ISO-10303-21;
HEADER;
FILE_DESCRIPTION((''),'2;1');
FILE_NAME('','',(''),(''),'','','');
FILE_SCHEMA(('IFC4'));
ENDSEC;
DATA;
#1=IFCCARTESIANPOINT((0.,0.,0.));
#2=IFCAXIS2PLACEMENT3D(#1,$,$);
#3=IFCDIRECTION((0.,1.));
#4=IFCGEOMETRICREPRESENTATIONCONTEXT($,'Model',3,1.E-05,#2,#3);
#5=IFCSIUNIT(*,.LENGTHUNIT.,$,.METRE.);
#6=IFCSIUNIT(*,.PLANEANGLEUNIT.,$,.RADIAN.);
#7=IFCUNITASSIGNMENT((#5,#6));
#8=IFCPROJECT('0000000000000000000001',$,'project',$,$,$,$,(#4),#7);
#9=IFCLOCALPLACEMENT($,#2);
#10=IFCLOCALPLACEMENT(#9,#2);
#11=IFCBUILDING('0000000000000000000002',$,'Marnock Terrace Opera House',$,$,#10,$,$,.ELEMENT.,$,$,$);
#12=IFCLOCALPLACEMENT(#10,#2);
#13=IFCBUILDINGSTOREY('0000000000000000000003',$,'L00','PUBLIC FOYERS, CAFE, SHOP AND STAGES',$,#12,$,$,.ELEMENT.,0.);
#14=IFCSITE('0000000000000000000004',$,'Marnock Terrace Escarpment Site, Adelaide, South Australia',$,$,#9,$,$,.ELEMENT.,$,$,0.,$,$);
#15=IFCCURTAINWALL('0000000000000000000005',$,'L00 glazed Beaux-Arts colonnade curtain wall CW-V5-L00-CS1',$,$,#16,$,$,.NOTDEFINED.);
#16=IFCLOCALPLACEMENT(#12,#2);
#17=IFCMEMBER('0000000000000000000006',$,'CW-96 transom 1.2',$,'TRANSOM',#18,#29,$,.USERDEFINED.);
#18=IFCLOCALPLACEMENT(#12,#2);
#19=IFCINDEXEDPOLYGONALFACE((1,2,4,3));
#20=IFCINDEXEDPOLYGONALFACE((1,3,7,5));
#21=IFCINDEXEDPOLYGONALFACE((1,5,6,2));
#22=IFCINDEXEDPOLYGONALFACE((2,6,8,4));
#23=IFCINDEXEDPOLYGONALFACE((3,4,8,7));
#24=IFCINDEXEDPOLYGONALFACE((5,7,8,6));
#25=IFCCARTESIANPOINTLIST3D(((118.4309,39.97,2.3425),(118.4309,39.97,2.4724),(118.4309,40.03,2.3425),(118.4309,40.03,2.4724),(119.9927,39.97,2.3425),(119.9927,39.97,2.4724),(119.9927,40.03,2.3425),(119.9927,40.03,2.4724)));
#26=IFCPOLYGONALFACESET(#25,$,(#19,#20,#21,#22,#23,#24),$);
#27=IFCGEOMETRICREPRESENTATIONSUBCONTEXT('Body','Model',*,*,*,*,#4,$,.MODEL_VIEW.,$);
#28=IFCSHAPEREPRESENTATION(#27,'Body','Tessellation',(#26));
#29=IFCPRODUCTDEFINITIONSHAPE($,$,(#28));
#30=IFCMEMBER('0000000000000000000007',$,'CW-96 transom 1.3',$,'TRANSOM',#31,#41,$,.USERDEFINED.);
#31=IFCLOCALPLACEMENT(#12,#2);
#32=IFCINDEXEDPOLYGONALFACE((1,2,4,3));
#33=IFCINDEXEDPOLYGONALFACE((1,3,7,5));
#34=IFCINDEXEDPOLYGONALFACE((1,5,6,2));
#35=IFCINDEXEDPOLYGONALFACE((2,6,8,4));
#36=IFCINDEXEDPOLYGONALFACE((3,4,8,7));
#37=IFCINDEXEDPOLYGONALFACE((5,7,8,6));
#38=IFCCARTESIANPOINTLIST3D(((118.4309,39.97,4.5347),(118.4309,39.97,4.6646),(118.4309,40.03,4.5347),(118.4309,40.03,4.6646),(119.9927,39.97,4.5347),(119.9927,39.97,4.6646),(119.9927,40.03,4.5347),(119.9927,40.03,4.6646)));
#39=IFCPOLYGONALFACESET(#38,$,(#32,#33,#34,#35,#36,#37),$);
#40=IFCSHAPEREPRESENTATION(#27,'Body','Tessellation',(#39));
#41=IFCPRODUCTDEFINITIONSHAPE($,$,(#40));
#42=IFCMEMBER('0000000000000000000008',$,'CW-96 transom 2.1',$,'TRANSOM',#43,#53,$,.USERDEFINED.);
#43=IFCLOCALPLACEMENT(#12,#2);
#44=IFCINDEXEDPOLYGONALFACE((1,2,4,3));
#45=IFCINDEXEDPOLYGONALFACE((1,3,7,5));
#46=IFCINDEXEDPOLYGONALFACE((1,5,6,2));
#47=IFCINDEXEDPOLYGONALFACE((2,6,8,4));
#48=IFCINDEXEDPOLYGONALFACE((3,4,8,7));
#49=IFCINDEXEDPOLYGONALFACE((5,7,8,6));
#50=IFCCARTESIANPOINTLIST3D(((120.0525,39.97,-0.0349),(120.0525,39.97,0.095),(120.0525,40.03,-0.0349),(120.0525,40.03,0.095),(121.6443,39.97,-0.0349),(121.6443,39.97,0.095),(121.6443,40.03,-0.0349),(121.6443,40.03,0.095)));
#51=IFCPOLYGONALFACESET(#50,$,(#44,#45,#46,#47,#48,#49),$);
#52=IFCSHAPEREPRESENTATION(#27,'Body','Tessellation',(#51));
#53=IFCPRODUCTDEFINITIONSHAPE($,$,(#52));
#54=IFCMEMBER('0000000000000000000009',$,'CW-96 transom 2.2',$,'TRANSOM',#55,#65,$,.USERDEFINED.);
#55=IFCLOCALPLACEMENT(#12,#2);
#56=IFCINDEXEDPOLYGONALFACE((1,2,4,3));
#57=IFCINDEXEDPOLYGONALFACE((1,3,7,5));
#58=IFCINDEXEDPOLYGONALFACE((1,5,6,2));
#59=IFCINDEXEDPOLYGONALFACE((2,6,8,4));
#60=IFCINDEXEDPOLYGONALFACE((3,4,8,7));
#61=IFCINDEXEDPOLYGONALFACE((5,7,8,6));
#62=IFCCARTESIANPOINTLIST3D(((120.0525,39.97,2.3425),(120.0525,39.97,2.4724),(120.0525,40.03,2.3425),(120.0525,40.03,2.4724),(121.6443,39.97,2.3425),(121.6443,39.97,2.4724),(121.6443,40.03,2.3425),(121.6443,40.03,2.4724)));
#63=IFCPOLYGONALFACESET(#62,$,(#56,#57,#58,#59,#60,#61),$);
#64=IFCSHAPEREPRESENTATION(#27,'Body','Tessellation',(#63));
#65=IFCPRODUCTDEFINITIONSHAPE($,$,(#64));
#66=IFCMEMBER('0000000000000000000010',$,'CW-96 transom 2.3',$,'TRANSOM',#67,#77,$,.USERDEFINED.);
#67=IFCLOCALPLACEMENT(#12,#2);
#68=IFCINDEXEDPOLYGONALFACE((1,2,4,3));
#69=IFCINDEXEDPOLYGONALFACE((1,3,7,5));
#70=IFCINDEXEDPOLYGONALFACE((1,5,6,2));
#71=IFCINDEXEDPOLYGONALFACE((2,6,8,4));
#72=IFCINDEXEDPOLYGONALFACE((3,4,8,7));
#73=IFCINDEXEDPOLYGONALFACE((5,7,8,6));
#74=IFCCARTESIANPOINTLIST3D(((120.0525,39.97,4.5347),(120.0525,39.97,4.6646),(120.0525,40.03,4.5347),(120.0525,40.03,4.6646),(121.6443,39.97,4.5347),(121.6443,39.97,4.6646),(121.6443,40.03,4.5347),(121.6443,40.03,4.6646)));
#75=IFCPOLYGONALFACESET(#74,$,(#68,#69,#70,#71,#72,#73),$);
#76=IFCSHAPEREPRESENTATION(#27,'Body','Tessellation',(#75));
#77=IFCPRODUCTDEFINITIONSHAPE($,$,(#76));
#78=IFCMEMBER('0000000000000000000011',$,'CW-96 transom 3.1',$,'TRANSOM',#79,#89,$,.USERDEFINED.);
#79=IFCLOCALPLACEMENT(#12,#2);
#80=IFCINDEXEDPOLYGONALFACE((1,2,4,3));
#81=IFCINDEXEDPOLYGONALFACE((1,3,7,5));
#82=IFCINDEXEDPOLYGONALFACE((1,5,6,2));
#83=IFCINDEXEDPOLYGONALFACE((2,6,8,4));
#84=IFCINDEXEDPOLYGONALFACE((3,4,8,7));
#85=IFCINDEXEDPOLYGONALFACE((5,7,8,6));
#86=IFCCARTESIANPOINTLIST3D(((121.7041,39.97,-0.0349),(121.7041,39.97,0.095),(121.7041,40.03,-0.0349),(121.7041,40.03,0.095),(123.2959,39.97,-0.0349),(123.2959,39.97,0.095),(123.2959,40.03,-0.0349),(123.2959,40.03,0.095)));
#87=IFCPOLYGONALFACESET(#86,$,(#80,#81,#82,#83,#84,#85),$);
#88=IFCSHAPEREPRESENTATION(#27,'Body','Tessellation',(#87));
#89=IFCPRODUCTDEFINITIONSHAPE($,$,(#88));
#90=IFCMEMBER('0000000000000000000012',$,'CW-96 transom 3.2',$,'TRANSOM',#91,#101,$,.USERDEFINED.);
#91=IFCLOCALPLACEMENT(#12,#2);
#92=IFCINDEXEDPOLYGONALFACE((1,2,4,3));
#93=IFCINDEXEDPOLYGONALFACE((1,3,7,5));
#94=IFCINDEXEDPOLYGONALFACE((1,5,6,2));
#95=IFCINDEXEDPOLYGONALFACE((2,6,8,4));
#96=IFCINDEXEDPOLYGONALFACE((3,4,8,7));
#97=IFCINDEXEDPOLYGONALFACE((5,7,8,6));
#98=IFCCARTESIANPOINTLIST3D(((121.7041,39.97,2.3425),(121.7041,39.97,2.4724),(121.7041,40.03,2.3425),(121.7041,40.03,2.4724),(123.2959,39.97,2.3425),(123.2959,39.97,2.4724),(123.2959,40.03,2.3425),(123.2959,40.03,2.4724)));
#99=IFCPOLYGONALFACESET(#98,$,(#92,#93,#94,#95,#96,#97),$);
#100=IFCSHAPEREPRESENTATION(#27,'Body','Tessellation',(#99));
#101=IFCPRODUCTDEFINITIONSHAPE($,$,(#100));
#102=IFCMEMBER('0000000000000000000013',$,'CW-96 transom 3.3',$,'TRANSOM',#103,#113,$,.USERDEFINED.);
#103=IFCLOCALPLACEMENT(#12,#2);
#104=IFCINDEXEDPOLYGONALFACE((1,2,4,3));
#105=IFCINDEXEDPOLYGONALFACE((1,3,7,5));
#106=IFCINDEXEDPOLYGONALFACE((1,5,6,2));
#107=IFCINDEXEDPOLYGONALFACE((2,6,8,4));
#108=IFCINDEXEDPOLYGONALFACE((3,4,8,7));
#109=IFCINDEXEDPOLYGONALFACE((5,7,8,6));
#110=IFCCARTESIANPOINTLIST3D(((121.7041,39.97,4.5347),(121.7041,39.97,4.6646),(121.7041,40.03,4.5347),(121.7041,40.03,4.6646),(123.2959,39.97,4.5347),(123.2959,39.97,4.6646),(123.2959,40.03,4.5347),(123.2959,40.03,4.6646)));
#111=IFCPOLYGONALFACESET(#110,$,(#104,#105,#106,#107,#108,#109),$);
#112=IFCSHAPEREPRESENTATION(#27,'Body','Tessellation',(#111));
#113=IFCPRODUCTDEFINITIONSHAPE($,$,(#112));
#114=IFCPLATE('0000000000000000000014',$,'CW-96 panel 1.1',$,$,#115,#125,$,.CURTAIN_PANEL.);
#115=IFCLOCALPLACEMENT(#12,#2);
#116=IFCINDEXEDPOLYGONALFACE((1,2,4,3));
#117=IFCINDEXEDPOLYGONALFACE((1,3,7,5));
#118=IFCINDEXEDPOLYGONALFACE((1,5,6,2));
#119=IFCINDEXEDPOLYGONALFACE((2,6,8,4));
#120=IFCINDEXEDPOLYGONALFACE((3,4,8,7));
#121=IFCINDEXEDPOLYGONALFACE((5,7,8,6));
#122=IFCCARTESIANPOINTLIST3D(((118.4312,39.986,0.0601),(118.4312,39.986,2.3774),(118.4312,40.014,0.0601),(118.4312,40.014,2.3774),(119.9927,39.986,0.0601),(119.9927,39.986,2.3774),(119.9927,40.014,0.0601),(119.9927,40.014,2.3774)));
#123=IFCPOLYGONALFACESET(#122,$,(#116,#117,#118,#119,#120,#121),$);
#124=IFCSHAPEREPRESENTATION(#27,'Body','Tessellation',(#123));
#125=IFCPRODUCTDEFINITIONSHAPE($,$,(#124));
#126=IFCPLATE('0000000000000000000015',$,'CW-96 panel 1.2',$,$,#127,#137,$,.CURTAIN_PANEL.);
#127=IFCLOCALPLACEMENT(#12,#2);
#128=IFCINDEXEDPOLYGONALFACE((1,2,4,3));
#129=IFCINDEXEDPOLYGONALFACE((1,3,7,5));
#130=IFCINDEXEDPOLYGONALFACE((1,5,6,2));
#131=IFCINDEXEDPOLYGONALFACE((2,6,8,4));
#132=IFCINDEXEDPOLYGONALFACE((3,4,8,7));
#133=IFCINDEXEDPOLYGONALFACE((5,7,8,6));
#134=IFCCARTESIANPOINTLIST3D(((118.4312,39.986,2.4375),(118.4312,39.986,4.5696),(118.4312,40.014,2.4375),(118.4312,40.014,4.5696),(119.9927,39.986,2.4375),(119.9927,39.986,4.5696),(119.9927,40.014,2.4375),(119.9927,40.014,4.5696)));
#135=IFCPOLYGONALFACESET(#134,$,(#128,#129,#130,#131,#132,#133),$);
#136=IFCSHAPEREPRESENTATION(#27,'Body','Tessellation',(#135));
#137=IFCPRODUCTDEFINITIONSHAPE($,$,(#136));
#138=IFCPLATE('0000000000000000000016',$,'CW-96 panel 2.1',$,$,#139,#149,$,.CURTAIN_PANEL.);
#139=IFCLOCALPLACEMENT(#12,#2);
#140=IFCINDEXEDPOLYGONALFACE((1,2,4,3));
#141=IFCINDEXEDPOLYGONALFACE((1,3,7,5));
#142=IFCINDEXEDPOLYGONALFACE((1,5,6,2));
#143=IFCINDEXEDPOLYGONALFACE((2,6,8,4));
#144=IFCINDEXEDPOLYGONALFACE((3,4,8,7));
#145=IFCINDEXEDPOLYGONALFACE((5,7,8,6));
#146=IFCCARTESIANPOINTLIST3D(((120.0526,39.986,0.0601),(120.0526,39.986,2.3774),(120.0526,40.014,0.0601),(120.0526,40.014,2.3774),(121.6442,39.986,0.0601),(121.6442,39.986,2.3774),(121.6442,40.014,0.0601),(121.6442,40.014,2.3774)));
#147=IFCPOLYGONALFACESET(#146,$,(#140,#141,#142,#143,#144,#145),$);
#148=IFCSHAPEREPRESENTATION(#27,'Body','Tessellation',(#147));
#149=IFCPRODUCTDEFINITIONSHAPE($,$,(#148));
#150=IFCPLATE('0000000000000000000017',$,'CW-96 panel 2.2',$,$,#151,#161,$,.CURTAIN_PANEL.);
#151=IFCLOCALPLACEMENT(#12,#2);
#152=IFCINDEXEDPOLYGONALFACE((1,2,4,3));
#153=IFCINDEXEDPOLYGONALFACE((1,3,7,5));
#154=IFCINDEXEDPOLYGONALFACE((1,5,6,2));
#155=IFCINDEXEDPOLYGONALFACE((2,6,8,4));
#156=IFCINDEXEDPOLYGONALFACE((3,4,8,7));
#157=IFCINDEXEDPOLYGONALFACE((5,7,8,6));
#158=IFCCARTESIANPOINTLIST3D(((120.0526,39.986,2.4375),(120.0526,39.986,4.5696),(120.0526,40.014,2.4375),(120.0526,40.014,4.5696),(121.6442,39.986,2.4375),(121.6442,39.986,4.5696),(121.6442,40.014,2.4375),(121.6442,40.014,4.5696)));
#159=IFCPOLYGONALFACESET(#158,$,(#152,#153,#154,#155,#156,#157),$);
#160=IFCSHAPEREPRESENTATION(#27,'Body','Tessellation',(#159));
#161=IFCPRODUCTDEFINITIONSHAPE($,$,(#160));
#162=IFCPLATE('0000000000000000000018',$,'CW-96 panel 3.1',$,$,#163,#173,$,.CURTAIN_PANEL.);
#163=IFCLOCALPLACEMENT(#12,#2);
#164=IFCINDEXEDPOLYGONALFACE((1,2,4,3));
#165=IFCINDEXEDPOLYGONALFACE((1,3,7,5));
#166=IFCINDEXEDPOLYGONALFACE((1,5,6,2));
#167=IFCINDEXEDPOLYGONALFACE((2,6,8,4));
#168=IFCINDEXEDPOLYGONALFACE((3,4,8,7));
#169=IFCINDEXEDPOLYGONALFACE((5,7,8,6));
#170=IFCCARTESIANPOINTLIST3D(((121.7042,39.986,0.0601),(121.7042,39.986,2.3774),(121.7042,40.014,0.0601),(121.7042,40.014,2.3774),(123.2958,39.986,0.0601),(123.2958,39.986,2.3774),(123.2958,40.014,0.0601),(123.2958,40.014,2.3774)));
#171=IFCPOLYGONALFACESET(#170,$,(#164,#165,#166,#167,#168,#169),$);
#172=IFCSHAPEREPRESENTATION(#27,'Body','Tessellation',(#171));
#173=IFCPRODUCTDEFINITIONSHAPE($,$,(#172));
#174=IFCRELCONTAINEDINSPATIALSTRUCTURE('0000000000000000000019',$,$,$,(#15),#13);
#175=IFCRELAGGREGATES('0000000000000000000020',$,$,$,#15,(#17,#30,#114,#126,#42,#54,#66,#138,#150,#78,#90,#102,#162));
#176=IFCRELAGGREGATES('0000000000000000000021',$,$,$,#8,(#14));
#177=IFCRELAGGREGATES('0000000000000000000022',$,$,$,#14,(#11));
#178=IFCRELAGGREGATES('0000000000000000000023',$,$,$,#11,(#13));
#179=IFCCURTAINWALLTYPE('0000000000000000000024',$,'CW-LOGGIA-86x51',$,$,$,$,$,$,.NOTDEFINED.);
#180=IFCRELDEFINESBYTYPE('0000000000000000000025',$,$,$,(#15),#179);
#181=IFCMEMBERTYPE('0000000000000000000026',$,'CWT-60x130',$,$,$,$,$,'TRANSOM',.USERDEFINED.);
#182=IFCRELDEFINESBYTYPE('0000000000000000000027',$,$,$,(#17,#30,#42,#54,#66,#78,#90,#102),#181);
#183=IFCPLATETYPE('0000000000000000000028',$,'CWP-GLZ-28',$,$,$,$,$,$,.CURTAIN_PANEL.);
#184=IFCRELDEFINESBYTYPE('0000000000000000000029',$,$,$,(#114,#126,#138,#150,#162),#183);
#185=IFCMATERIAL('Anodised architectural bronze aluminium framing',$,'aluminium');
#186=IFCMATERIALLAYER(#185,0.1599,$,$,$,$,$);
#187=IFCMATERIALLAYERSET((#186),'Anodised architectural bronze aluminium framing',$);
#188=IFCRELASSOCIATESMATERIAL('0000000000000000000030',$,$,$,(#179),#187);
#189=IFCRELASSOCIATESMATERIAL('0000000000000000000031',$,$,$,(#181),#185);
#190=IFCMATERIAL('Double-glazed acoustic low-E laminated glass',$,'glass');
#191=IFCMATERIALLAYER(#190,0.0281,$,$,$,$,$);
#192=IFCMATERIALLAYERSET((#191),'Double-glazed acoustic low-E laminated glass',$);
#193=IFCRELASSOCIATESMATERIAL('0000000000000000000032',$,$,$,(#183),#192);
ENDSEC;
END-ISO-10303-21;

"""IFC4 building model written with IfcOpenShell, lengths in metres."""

from ifc_helpers import new_model, si_unit, direction, frame, origin, origin_2d, place, context, subcontext, project, spatial, rectangle, extrude, material, layer, layer_set, material_profile, profile_set, type_object, element, aggregate, save


model = new_model("IFC4")

# Units and contexts
model_context = context("Model", 3, precision=1e-05, world=origin(), true_north=direction((0.0, 1.0)))
body_context = subcontext(model_context, "Body", "Model", "MODEL_VIEW")
ifc_project = project(units=[si_unit("LENGTHUNIT", "METRE"), si_unit("PLANEANGLEUNIT", "RADIAN")], contexts=[model_context])

# Site, building, storey
site_placement = place(None, origin())
site = spatial("IfcSite", under=ifc_project, at=site_placement, Name="Marnock Terrace Escarpment Site, Adelaide, South Australia", CompositionType="ELEMENT", RefElevation=0.0)
building_placement = place(site_placement, origin())
building = spatial("IfcBuilding", under=site, at=building_placement, Name="Marnock Terrace Opera House", CompositionType="ELEMENT")
storey_placement = place(building_placement, origin())
storey = spatial("IfcBuildingStorey", under=building, at=storey_placement, Name="L00", Description="PUBLIC FOYERS, CAFE, SHOP AND STAGES", CompositionType="ELEMENT", Elevation=0.0)

# Shared definitions
ifc_material_1 = material(Name="Anodised architectural bronze aluminium framing", Category="aluminium")
ifc_layer_1 = layer(ifc_material_1, 0.1599)
ifc_layer_set_1 = layer_set([ifc_layer_1], Name="Anodised architectural bronze aluminium framing")
curtain_wall_type = type_object("IfcCurtainWallType", Name="CW-LOGGIA-86x51", PredefinedType="NOTDEFINED", material=ifc_layer_set_1)

# Curtain wall, members, plates
curtain_wall_1_placement = place(storey_placement, origin())
curtain_wall_1 = element("IfcCurtainWall", 1, at=curtain_wall_1_placement, inside=storey, type_object=curtain_wall_type, Name="L00 glazed Beaux-Arts colonnade curtain wall CW-V5-L00-CS1", PredefinedType="NOTDEFINED")
ifc_material_profile_1 = material_profile(ifc_material_1, rectangle(XDim=0.0601, YDim=0.1299, at=origin_2d()))
ifc_profile_set_1 = profile_set([ifc_material_profile_1], Name="Anodised architectural bronze aluminium framing")
member_type_1 = type_object("IfcMemberType", Name="CWT-60x130", ElementType="TRANSOM", PredefinedType="USERDEFINED", material=ifc_profile_set_1)
member_1_placement = place(storey_placement, frame((118.4309, 40.0, 2.4075), z_axis=(1.0, 0.0, 0.0), x_axis=(0.0, 1.0, 0.0)))
member_1 = element("IfcMember", 2, at=member_1_placement, type_object=member_type_1, Name="CW-96 transom 1.2", ObjectType="TRANSOM", PredefinedType="USERDEFINED", context=body_context, shape_type="SweptSolid", body=[
    extrude(rectangle(XDim=0.0601, YDim=0.1299, at=origin_2d()), origin(), (0.0, 0.0, 1.0), 1.5618),
])
member_2_placement = place(storey_placement, frame((118.4309, 40.0, 4.5996), z_axis=(1.0, 0.0, 0.0), x_axis=(0.0, 1.0, 0.0)))
member_2 = element("IfcMember", 3, at=member_2_placement, type_object=member_type_1, Name="CW-96 transom 1.3", ObjectType="TRANSOM", PredefinedType="USERDEFINED", context=body_context, shape_type="SweptSolid", body=[
    extrude(rectangle(XDim=0.0601, YDim=0.1299, at=origin_2d()), origin(), (0.0, 0.0, 1.0), 1.5618),
])
member_3_placement = place(storey_placement, frame((120.0525, 40.0, 0.03), z_axis=(1.0, 0.0, 0.0), x_axis=(0.0, 1.0, 0.0)))
member_3 = element("IfcMember", 4, at=member_3_placement, type_object=member_type_1, Name="CW-96 transom 2.1", ObjectType="TRANSOM", PredefinedType="USERDEFINED", context=body_context, shape_type="SweptSolid", body=[
    extrude(rectangle(XDim=0.0601, YDim=0.1299, at=origin_2d()), origin(), (0.0, 0.0, 1.0), 1.5918),
])
member_4_placement = place(storey_placement, frame((120.0525, 40.0, 2.4075), z_axis=(1.0, 0.0, 0.0), x_axis=(0.0, 1.0, 0.0)))
member_4 = element("IfcMember", 5, at=member_4_placement, type_object=member_type_1, Name="CW-96 transom 2.2", ObjectType="TRANSOM", PredefinedType="USERDEFINED", context=body_context, shape_type="SweptSolid", body=[
    extrude(rectangle(XDim=0.0601, YDim=0.1299, at=origin_2d()), origin(), (0.0, 0.0, 1.0), 1.5918),
])
member_5_placement = place(storey_placement, frame((120.0525, 40.0, 4.5996), z_axis=(1.0, 0.0, 0.0), x_axis=(0.0, 1.0, 0.0)))
member_5 = element("IfcMember", 6, at=member_5_placement, type_object=member_type_1, Name="CW-96 transom 2.3", ObjectType="TRANSOM", PredefinedType="USERDEFINED", context=body_context, shape_type="SweptSolid", body=[
    extrude(rectangle(XDim=0.0601, YDim=0.1299, at=origin_2d()), origin(), (0.0, 0.0, 1.0), 1.5918),
])
member_6_placement = place(storey_placement, frame((121.7041, 40.0, 0.03), z_axis=(1.0, 0.0, 0.0), x_axis=(0.0, 1.0, 0.0)))
member_6 = element("IfcMember", 7, at=member_6_placement, type_object=member_type_1, Name="CW-96 transom 3.1", ObjectType="TRANSOM", PredefinedType="USERDEFINED", context=body_context, shape_type="SweptSolid", body=[
    extrude(rectangle(XDim=0.0601, YDim=0.1299, at=origin_2d()), origin(), (0.0, 0.0, 1.0), 1.5918),
])
member_7_placement = place(storey_placement, frame((121.7041, 40.0, 2.4075), z_axis=(1.0, 0.0, 0.0), x_axis=(0.0, 1.0, 0.0)))
member_7 = element("IfcMember", 8, at=member_7_placement, type_object=member_type_1, Name="CW-96 transom 3.2", ObjectType="TRANSOM", PredefinedType="USERDEFINED", context=body_context, shape_type="SweptSolid", body=[
    extrude(rectangle(XDim=0.0601, YDim=0.1299, at=origin_2d()), origin(), (0.0, 0.0, 1.0), 1.5918),
])
member_8_placement = place(storey_placement, frame((121.7041, 40.0, 4.5996), z_axis=(1.0, 0.0, 0.0), x_axis=(0.0, 1.0, 0.0)))
member_8 = element("IfcMember", 9, at=member_8_placement, type_object=member_type_1, Name="CW-96 transom 3.3", ObjectType="TRANSOM", PredefinedType="USERDEFINED", context=body_context, shape_type="SweptSolid", body=[
    extrude(rectangle(XDim=0.0601, YDim=0.1299, at=origin_2d()), origin(), (0.0, 0.0, 1.0), 1.5918),
])
ifc_material_2 = material(Name="Double-glazed acoustic low-E laminated glass", Category="glass")
ifc_layer_2 = layer(ifc_material_2, 0.0281)
ifc_layer_set_2 = layer_set([ifc_layer_2], Name="Double-glazed acoustic low-E laminated glass")
plate_type = type_object("IfcPlateType", Name="CWP-GLZ-28", PredefinedType="CURTAIN_PANEL", material=ifc_layer_set_2)
plate_1_placement = place(storey_placement, frame((119.2119, 40.0, 0.0601), z_axis=(0.0, 0.0, 1.0), x_axis=(1.0, 0.0, 0.0)))
plate_1 = element("IfcPlate", 10, at=plate_1_placement, type_object=plate_type, Name="CW-96 panel 1.1", PredefinedType="CURTAIN_PANEL", context=body_context, shape_type="SweptSolid", body=[
    extrude(rectangle(XDim=1.5615, YDim=0.0281, at=origin_2d()), origin(), (0.0, 0.0, 1.0), 2.3174),
])
plate_2_placement = place(storey_placement, frame((119.2119, 40.0, 2.4375), z_axis=(0.0, 0.0, 1.0), x_axis=(1.0, 0.0, 0.0)))
plate_2 = element("IfcPlate", 11, at=plate_2_placement, type_object=plate_type, Name="CW-96 panel 1.2", PredefinedType="CURTAIN_PANEL", context=body_context, shape_type="SweptSolid", body=[
    extrude(rectangle(XDim=1.5615, YDim=0.0281, at=origin_2d()), origin(), (0.0, 0.0, 1.0), 2.1321),
])
plate_3_placement = place(storey_placement, frame((120.8484, 40.0, 0.0601), z_axis=(0.0, 0.0, 1.0), x_axis=(1.0, 0.0, 0.0)))
plate_3 = element("IfcPlate", 12, at=plate_3_placement, type_object=plate_type, Name="CW-96 panel 2.1", PredefinedType="CURTAIN_PANEL", context=body_context, shape_type="SweptSolid", body=[
    extrude(rectangle(XDim=1.5916, YDim=0.0281, at=origin_2d()), origin(), (0.0, 0.0, 1.0), 2.3174),
])
plate_4_placement = place(storey_placement, frame((120.8484, 40.0, 2.4375), z_axis=(0.0, 0.0, 1.0), x_axis=(1.0, 0.0, 0.0)))
plate_4 = element("IfcPlate", 13, at=plate_4_placement, type_object=plate_type, Name="CW-96 panel 2.2", PredefinedType="CURTAIN_PANEL", context=body_context, shape_type="SweptSolid", body=[
    extrude(rectangle(XDim=1.5916, YDim=0.0281, at=origin_2d()), origin(), (0.0, 0.0, 1.0), 2.1321),
])
plate_5_placement = place(storey_placement, frame((122.5, 40.0, 0.0601), z_axis=(0.0, 0.0, 1.0), x_axis=(1.0, 0.0, 0.0)))
plate_5 = element("IfcPlate", 14, at=plate_5_placement, type_object=plate_type, Name="CW-96 panel 3.1", PredefinedType="CURTAIN_PANEL", context=body_context, shape_type="SweptSolid", body=[
    extrude(rectangle(XDim=1.5916, YDim=0.0281, at=origin_2d()), origin(), (0.0, 0.0, 1.0), 2.3174),
])
aggregate(curtain_wall_1, [member_1, member_2, plate_1, plate_2, member_3, member_4, member_5, plate_3, plate_4, member_6, member_7, member_8, plate_5])

save(model, "model.ifc")
